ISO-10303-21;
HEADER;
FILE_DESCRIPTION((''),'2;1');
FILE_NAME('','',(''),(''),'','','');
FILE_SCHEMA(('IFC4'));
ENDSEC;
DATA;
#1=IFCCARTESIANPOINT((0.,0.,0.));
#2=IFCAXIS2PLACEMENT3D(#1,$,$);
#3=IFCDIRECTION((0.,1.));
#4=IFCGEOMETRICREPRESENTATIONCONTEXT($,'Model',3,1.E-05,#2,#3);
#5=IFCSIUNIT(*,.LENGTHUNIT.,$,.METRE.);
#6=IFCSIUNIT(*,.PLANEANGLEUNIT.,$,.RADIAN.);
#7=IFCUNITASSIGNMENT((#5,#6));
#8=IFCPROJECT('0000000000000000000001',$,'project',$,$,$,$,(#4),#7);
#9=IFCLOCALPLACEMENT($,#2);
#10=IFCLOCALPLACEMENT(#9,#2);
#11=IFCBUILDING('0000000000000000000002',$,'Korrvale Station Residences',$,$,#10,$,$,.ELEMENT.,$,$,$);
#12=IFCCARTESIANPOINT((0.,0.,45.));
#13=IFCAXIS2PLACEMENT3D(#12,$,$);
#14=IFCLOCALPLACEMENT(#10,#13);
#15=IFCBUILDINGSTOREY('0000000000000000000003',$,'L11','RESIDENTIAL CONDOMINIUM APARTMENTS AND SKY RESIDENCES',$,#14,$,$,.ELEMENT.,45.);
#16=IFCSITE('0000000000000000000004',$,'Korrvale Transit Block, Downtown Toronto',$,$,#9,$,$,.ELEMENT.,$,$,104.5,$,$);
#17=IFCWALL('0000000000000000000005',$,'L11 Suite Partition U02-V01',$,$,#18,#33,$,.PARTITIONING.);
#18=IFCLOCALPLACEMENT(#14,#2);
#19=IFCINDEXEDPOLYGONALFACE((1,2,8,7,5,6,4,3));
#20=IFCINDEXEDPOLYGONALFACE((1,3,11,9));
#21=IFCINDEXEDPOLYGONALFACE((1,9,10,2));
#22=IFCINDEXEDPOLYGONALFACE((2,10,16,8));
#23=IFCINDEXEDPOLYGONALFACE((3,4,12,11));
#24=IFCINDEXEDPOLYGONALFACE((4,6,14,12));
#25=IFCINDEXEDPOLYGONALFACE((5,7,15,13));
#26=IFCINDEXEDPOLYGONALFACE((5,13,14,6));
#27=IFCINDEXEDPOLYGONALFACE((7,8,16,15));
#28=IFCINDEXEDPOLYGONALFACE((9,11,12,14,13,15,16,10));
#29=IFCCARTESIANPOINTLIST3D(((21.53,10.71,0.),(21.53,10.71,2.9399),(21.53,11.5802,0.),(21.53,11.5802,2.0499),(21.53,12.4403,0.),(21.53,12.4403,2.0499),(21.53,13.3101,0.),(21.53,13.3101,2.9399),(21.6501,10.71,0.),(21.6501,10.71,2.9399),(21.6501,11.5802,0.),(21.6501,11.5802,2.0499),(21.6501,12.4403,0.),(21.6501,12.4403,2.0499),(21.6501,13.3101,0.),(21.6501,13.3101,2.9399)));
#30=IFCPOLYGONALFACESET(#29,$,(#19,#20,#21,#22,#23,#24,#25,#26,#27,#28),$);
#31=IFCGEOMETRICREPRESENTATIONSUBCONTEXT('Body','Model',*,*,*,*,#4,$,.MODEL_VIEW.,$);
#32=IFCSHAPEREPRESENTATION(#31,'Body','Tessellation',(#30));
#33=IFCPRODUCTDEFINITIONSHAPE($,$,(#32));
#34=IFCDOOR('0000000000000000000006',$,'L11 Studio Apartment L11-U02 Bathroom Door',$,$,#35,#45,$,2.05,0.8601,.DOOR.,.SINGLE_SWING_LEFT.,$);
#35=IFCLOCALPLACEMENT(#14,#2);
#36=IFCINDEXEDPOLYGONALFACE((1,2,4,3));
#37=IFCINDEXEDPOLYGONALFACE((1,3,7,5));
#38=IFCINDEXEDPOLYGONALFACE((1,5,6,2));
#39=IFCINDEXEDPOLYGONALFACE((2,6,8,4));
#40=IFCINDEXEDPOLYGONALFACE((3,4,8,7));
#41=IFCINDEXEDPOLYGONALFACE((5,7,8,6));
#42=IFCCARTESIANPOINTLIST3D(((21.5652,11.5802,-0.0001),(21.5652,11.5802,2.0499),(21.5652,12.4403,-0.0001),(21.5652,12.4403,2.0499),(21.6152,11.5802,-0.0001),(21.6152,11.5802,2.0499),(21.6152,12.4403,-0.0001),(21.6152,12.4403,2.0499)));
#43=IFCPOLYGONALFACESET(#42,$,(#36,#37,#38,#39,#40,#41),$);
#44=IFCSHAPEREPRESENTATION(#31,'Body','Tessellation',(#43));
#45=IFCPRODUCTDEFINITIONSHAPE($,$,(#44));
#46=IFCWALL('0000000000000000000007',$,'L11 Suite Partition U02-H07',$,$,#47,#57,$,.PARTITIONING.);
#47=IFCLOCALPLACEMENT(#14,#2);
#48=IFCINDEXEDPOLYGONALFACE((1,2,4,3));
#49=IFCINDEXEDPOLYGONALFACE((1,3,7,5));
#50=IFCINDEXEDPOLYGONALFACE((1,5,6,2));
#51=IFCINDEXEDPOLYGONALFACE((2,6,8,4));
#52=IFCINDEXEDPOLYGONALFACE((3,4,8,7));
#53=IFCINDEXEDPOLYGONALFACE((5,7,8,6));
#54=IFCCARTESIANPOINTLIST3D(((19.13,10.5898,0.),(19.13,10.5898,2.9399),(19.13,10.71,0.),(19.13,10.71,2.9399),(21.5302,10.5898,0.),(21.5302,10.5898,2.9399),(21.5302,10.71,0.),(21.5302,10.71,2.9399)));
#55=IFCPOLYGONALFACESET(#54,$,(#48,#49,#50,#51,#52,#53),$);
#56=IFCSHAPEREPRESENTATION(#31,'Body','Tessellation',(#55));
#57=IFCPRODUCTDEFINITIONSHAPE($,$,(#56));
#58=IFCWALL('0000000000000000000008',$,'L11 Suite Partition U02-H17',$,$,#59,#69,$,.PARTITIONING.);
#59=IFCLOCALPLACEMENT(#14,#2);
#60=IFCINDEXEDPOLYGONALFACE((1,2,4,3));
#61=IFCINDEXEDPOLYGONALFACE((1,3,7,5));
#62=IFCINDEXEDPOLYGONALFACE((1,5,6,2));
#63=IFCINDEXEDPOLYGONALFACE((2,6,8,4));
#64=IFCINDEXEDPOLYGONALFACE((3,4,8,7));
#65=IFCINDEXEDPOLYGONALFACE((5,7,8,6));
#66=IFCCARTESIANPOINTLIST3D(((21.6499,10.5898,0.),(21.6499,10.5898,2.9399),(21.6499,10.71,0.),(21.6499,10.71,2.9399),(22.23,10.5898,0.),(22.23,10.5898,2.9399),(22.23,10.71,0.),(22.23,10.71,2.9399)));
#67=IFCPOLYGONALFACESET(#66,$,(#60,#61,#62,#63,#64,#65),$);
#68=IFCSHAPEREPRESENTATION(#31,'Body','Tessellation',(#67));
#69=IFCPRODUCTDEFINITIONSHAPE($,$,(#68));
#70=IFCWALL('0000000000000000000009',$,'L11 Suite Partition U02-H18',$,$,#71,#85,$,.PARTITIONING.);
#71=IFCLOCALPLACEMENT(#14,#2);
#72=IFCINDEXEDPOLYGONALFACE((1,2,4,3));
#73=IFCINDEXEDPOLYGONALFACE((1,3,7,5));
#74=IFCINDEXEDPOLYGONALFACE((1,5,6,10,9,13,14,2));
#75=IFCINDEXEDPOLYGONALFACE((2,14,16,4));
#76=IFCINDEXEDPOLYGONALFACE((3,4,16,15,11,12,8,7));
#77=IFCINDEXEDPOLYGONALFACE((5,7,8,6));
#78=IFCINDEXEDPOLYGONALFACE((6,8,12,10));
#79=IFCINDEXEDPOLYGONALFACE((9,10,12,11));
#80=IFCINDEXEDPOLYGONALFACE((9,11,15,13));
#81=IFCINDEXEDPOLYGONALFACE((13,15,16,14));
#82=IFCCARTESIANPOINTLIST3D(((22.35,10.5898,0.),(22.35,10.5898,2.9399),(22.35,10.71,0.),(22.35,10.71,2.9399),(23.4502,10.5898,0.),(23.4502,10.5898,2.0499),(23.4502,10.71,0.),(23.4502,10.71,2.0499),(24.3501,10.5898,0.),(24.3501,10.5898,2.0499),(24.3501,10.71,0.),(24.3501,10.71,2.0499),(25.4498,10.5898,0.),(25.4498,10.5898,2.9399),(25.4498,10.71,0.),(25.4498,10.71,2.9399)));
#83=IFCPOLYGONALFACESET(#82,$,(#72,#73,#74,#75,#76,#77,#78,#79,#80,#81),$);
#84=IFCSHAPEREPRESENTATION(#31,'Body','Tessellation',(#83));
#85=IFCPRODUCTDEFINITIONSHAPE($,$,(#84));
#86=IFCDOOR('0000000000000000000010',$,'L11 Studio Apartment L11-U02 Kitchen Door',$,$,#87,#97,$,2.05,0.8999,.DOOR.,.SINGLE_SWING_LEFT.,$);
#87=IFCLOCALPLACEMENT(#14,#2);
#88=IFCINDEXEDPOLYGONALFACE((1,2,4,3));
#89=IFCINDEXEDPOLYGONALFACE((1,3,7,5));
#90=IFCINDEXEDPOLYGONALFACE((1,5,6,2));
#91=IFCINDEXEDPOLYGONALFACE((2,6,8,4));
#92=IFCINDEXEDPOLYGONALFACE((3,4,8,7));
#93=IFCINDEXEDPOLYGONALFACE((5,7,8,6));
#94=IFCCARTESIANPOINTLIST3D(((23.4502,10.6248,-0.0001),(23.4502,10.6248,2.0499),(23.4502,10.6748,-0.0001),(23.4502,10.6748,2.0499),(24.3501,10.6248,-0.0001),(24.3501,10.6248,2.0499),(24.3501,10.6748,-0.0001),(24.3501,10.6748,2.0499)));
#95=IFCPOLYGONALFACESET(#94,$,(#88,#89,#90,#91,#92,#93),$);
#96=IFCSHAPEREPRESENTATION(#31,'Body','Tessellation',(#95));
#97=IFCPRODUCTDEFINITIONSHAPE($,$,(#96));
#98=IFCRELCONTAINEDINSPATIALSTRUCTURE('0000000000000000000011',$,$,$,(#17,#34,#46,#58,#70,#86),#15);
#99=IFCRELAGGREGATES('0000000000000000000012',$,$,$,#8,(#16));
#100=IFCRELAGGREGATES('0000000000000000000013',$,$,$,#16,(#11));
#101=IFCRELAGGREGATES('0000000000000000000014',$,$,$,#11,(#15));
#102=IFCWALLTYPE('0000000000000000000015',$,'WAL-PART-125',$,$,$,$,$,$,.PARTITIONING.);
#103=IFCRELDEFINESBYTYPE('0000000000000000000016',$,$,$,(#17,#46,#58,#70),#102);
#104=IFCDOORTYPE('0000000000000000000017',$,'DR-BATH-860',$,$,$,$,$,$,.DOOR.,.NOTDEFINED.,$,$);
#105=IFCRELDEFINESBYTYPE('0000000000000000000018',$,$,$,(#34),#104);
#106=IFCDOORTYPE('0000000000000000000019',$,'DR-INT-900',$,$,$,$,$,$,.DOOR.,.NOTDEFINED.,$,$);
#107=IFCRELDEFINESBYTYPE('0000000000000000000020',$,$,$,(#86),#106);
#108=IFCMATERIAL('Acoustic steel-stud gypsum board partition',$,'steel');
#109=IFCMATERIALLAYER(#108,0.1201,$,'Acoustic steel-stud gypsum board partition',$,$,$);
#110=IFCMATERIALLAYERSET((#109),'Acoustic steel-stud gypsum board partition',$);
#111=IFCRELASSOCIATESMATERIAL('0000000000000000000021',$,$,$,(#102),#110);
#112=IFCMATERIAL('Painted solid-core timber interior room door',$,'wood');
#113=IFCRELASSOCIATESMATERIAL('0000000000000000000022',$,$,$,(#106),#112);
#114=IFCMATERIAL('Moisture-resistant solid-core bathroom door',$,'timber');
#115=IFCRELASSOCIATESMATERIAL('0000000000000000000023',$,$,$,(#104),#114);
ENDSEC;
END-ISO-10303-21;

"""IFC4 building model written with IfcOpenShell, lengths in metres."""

from ifc_helpers import new_model, si_unit, direction, frame, frame_2d, origin, place, context, subcontext, project, spatial, rectangle, extrude, material, layer, layer_set, type_object, element, fill, save


model = new_model("IFC4")

# Units and contexts
model_context = context("Model", 3, precision=1e-05, world=origin(), true_north=direction((0.0, 1.0)))
body_context = subcontext(model_context, "Body", "Model", "MODEL_VIEW")
ifc_project = project(units=[si_unit("LENGTHUNIT", "METRE"), si_unit("PLANEANGLEUNIT", "RADIAN")], contexts=[model_context])

# Site, building, storey
site_placement = place(None, origin())
site = spatial("IfcSite", under=ifc_project, at=site_placement, Name="Korrvale Transit Block, Downtown Toronto", CompositionType="ELEMENT", RefElevation=104.5)
building_placement = place(site_placement, origin())
building = spatial("IfcBuilding", under=site, at=building_placement, Name="Korrvale Station Residences", CompositionType="ELEMENT")
storey_placement = place(building_placement, frame((0.0, 0.0, 45.0)))
storey = spatial("IfcBuildingStorey", under=building, at=storey_placement, Name="L11", Description="RESIDENTIAL CONDOMINIUM APARTMENTS AND SKY RESIDENCES", CompositionType="ELEMENT", Elevation=45.0)

# Wall, opening, door
ifc_material_1 = material(Name="Acoustic steel-stud gypsum board partition", Category="steel")
ifc_layer_1 = layer(ifc_material_1, 0.1201, Name="Acoustic steel-stud gypsum board partition")
ifc_layer_set_1 = layer_set([ifc_layer_1], Name="Acoustic steel-stud gypsum board partition")
wall_type_1 = type_object("IfcWallType", Name="WAL-PART-125", PredefinedType="PARTITIONING", material=ifc_layer_set_1)
ifc_material_2 = material(Name="Painted solid-core timber interior room door", Category="wood")
door_type_1 = type_object("IfcDoorType", Name="DR-INT-900", OperationType="NOTDEFINED", PredefinedType="DOOR", material=ifc_material_2)
wall_1_placement = place(storey_placement, frame((21.5901, 10.71, 0.0), z_axis=(0.0, 0.0, 1.0), x_axis=(0.0, 1.0, 0.0)))
wall_1 = element("IfcWall", 1, at=wall_1_placement, inside=storey, type_object=wall_type_1, Name="L11 Suite Partition U02-V01", PredefinedType="PARTITIONING", context=body_context, shape_type="SweptSolid", body=[
    extrude(rectangle(XDim=2.6001, YDim=0.1201, at=frame_2d((1.3, 0.0))), origin(), (0.0, 0.0, 1.0), 2.9399),
])
opening_1_placement = place(wall_1_placement, frame((0.8701, 0.0, 0.0)))
opening_1 = element("IfcOpeningElement", 2, at=opening_1_placement, cuts=wall_1, PredefinedType="OPENING", context=body_context, shape_type="SweptSolid", body=[
    extrude(rectangle(XDim=0.8601, YDim=2.05, at=frame_2d((0.4302, 1.0249))), frame((0.0, 0.0701, 0.0), z_axis=(0.0, -1.0, 0.0), x_axis=(1.0, 0.0, 0.0)), (0.0, 0.0, 1.0), 0.1401),
])
ifc_material_3 = material(Name="Moisture-resistant solid-core bathroom door", Category="timber")
door_type_2 = type_object("IfcDoorType", Name="DR-BATH-860", OperationType="NOTDEFINED", PredefinedType="DOOR", material=ifc_material_3)
door_1_placement = place(opening_1_placement, origin())
door_1 = element("IfcDoor", 3, at=door_1_placement, inside=storey, type_object=door_type_2, Name="L11 Studio Apartment L11-U02 Bathroom Door", OperationType="SINGLE_SWING_LEFT", OverallHeight=2.05, OverallWidth=0.8601, PredefinedType="DOOR", context=body_context, shape_type="SweptSolid", body=[
    extrude(rectangle(XDim=0.8601, YDim=2.05, at=frame_2d((0.4302, 1.0249))), frame((0.0, 0.0249, 0.0), z_axis=(0.0, -1.0, 0.0), x_axis=(1.0, 0.0, 0.0)), (0.0, 0.0, 1.0), 0.05),
])
fill(opening_1, door_1)

# Walls
wall_2_placement = place(storey_placement, frame((19.1299, 10.6499, 0.0), z_axis=(0.0, 0.0, 1.0), x_axis=(1.0, 0.0, 0.0)))
element("IfcWall", 4, at=wall_2_placement, inside=storey, type_object=wall_type_1, Name="L11 Suite Partition U02-H07", PredefinedType="PARTITIONING", context=body_context, shape_type="SweptSolid", body=[
    extrude(rectangle(XDim=2.4001, YDim=0.1201, at=frame_2d((1.2002, 0.0))), origin(), (0.0, 0.0, 1.0), 2.9399),
])
wall_3_placement = place(storey_placement, frame((21.6499, 10.6499, 0.0), z_axis=(0.0, 0.0, 1.0), x_axis=(1.0, 0.0, 0.0)))
element("IfcWall", 5, at=wall_3_placement, inside=storey, type_object=wall_type_1, Name="L11 Suite Partition U02-H17", PredefinedType="PARTITIONING", context=body_context, shape_type="SweptSolid", body=[
    extrude(rectangle(XDim=0.5801, YDim=0.1201, at=frame_2d((0.29, 0.0))), origin(), (0.0, 0.0, 1.0), 2.9399),
])

# Wall, opening, door
wall_4_placement = place(storey_placement, frame((22.3501, 10.6499, 0.0), z_axis=(0.0, 0.0, 1.0), x_axis=(1.0, 0.0, 0.0)))
wall_4 = element("IfcWall", 6, at=wall_4_placement, inside=storey, type_object=wall_type_1, Name="L11 Suite Partition U02-H18", PredefinedType="PARTITIONING", context=body_context, shape_type="SweptSolid", body=[
    extrude(rectangle(XDim=3.0999, YDim=0.1201, at=frame_2d((1.5498, 0.0))), origin(), (0.0, 0.0, 1.0), 2.9399),
])
opening_2_placement = place(wall_4_placement, frame((1.1001, 0.0, 0.0)))
opening_2 = element("IfcOpeningElement", 7, at=opening_2_placement, cuts=wall_4, PredefinedType="OPENING", context=body_context, shape_type="SweptSolid", body=[
    extrude(rectangle(XDim=0.8999, YDim=2.05, at=frame_2d((0.45, 1.0249))), frame((0.0, 0.0701, 0.0), z_axis=(0.0, -1.0, 0.0), x_axis=(1.0, 0.0, 0.0)), (0.0, 0.0, 1.0), 0.1401),
])
door_2_placement = place(opening_2_placement, origin())
door_2 = element("IfcDoor", 8, at=door_2_placement, inside=storey, type_object=door_type_1, Name="L11 Studio Apartment L11-U02 Kitchen Door", OperationType="SINGLE_SWING_LEFT", OverallHeight=2.05, OverallWidth=0.8999, PredefinedType="DOOR", context=body_context, shape_type="SweptSolid", body=[
    extrude(rectangle(XDim=0.8999, YDim=2.05, at=frame_2d((0.45, 1.0249))), frame((0.0, 0.0249, 0.0), z_axis=(0.0, -1.0, 0.0), x_axis=(1.0, 0.0, 0.0)), (0.0, 0.0, 1.0), 0.05),
])
fill(opening_2, door_2)

save(model, "model.ifc")
